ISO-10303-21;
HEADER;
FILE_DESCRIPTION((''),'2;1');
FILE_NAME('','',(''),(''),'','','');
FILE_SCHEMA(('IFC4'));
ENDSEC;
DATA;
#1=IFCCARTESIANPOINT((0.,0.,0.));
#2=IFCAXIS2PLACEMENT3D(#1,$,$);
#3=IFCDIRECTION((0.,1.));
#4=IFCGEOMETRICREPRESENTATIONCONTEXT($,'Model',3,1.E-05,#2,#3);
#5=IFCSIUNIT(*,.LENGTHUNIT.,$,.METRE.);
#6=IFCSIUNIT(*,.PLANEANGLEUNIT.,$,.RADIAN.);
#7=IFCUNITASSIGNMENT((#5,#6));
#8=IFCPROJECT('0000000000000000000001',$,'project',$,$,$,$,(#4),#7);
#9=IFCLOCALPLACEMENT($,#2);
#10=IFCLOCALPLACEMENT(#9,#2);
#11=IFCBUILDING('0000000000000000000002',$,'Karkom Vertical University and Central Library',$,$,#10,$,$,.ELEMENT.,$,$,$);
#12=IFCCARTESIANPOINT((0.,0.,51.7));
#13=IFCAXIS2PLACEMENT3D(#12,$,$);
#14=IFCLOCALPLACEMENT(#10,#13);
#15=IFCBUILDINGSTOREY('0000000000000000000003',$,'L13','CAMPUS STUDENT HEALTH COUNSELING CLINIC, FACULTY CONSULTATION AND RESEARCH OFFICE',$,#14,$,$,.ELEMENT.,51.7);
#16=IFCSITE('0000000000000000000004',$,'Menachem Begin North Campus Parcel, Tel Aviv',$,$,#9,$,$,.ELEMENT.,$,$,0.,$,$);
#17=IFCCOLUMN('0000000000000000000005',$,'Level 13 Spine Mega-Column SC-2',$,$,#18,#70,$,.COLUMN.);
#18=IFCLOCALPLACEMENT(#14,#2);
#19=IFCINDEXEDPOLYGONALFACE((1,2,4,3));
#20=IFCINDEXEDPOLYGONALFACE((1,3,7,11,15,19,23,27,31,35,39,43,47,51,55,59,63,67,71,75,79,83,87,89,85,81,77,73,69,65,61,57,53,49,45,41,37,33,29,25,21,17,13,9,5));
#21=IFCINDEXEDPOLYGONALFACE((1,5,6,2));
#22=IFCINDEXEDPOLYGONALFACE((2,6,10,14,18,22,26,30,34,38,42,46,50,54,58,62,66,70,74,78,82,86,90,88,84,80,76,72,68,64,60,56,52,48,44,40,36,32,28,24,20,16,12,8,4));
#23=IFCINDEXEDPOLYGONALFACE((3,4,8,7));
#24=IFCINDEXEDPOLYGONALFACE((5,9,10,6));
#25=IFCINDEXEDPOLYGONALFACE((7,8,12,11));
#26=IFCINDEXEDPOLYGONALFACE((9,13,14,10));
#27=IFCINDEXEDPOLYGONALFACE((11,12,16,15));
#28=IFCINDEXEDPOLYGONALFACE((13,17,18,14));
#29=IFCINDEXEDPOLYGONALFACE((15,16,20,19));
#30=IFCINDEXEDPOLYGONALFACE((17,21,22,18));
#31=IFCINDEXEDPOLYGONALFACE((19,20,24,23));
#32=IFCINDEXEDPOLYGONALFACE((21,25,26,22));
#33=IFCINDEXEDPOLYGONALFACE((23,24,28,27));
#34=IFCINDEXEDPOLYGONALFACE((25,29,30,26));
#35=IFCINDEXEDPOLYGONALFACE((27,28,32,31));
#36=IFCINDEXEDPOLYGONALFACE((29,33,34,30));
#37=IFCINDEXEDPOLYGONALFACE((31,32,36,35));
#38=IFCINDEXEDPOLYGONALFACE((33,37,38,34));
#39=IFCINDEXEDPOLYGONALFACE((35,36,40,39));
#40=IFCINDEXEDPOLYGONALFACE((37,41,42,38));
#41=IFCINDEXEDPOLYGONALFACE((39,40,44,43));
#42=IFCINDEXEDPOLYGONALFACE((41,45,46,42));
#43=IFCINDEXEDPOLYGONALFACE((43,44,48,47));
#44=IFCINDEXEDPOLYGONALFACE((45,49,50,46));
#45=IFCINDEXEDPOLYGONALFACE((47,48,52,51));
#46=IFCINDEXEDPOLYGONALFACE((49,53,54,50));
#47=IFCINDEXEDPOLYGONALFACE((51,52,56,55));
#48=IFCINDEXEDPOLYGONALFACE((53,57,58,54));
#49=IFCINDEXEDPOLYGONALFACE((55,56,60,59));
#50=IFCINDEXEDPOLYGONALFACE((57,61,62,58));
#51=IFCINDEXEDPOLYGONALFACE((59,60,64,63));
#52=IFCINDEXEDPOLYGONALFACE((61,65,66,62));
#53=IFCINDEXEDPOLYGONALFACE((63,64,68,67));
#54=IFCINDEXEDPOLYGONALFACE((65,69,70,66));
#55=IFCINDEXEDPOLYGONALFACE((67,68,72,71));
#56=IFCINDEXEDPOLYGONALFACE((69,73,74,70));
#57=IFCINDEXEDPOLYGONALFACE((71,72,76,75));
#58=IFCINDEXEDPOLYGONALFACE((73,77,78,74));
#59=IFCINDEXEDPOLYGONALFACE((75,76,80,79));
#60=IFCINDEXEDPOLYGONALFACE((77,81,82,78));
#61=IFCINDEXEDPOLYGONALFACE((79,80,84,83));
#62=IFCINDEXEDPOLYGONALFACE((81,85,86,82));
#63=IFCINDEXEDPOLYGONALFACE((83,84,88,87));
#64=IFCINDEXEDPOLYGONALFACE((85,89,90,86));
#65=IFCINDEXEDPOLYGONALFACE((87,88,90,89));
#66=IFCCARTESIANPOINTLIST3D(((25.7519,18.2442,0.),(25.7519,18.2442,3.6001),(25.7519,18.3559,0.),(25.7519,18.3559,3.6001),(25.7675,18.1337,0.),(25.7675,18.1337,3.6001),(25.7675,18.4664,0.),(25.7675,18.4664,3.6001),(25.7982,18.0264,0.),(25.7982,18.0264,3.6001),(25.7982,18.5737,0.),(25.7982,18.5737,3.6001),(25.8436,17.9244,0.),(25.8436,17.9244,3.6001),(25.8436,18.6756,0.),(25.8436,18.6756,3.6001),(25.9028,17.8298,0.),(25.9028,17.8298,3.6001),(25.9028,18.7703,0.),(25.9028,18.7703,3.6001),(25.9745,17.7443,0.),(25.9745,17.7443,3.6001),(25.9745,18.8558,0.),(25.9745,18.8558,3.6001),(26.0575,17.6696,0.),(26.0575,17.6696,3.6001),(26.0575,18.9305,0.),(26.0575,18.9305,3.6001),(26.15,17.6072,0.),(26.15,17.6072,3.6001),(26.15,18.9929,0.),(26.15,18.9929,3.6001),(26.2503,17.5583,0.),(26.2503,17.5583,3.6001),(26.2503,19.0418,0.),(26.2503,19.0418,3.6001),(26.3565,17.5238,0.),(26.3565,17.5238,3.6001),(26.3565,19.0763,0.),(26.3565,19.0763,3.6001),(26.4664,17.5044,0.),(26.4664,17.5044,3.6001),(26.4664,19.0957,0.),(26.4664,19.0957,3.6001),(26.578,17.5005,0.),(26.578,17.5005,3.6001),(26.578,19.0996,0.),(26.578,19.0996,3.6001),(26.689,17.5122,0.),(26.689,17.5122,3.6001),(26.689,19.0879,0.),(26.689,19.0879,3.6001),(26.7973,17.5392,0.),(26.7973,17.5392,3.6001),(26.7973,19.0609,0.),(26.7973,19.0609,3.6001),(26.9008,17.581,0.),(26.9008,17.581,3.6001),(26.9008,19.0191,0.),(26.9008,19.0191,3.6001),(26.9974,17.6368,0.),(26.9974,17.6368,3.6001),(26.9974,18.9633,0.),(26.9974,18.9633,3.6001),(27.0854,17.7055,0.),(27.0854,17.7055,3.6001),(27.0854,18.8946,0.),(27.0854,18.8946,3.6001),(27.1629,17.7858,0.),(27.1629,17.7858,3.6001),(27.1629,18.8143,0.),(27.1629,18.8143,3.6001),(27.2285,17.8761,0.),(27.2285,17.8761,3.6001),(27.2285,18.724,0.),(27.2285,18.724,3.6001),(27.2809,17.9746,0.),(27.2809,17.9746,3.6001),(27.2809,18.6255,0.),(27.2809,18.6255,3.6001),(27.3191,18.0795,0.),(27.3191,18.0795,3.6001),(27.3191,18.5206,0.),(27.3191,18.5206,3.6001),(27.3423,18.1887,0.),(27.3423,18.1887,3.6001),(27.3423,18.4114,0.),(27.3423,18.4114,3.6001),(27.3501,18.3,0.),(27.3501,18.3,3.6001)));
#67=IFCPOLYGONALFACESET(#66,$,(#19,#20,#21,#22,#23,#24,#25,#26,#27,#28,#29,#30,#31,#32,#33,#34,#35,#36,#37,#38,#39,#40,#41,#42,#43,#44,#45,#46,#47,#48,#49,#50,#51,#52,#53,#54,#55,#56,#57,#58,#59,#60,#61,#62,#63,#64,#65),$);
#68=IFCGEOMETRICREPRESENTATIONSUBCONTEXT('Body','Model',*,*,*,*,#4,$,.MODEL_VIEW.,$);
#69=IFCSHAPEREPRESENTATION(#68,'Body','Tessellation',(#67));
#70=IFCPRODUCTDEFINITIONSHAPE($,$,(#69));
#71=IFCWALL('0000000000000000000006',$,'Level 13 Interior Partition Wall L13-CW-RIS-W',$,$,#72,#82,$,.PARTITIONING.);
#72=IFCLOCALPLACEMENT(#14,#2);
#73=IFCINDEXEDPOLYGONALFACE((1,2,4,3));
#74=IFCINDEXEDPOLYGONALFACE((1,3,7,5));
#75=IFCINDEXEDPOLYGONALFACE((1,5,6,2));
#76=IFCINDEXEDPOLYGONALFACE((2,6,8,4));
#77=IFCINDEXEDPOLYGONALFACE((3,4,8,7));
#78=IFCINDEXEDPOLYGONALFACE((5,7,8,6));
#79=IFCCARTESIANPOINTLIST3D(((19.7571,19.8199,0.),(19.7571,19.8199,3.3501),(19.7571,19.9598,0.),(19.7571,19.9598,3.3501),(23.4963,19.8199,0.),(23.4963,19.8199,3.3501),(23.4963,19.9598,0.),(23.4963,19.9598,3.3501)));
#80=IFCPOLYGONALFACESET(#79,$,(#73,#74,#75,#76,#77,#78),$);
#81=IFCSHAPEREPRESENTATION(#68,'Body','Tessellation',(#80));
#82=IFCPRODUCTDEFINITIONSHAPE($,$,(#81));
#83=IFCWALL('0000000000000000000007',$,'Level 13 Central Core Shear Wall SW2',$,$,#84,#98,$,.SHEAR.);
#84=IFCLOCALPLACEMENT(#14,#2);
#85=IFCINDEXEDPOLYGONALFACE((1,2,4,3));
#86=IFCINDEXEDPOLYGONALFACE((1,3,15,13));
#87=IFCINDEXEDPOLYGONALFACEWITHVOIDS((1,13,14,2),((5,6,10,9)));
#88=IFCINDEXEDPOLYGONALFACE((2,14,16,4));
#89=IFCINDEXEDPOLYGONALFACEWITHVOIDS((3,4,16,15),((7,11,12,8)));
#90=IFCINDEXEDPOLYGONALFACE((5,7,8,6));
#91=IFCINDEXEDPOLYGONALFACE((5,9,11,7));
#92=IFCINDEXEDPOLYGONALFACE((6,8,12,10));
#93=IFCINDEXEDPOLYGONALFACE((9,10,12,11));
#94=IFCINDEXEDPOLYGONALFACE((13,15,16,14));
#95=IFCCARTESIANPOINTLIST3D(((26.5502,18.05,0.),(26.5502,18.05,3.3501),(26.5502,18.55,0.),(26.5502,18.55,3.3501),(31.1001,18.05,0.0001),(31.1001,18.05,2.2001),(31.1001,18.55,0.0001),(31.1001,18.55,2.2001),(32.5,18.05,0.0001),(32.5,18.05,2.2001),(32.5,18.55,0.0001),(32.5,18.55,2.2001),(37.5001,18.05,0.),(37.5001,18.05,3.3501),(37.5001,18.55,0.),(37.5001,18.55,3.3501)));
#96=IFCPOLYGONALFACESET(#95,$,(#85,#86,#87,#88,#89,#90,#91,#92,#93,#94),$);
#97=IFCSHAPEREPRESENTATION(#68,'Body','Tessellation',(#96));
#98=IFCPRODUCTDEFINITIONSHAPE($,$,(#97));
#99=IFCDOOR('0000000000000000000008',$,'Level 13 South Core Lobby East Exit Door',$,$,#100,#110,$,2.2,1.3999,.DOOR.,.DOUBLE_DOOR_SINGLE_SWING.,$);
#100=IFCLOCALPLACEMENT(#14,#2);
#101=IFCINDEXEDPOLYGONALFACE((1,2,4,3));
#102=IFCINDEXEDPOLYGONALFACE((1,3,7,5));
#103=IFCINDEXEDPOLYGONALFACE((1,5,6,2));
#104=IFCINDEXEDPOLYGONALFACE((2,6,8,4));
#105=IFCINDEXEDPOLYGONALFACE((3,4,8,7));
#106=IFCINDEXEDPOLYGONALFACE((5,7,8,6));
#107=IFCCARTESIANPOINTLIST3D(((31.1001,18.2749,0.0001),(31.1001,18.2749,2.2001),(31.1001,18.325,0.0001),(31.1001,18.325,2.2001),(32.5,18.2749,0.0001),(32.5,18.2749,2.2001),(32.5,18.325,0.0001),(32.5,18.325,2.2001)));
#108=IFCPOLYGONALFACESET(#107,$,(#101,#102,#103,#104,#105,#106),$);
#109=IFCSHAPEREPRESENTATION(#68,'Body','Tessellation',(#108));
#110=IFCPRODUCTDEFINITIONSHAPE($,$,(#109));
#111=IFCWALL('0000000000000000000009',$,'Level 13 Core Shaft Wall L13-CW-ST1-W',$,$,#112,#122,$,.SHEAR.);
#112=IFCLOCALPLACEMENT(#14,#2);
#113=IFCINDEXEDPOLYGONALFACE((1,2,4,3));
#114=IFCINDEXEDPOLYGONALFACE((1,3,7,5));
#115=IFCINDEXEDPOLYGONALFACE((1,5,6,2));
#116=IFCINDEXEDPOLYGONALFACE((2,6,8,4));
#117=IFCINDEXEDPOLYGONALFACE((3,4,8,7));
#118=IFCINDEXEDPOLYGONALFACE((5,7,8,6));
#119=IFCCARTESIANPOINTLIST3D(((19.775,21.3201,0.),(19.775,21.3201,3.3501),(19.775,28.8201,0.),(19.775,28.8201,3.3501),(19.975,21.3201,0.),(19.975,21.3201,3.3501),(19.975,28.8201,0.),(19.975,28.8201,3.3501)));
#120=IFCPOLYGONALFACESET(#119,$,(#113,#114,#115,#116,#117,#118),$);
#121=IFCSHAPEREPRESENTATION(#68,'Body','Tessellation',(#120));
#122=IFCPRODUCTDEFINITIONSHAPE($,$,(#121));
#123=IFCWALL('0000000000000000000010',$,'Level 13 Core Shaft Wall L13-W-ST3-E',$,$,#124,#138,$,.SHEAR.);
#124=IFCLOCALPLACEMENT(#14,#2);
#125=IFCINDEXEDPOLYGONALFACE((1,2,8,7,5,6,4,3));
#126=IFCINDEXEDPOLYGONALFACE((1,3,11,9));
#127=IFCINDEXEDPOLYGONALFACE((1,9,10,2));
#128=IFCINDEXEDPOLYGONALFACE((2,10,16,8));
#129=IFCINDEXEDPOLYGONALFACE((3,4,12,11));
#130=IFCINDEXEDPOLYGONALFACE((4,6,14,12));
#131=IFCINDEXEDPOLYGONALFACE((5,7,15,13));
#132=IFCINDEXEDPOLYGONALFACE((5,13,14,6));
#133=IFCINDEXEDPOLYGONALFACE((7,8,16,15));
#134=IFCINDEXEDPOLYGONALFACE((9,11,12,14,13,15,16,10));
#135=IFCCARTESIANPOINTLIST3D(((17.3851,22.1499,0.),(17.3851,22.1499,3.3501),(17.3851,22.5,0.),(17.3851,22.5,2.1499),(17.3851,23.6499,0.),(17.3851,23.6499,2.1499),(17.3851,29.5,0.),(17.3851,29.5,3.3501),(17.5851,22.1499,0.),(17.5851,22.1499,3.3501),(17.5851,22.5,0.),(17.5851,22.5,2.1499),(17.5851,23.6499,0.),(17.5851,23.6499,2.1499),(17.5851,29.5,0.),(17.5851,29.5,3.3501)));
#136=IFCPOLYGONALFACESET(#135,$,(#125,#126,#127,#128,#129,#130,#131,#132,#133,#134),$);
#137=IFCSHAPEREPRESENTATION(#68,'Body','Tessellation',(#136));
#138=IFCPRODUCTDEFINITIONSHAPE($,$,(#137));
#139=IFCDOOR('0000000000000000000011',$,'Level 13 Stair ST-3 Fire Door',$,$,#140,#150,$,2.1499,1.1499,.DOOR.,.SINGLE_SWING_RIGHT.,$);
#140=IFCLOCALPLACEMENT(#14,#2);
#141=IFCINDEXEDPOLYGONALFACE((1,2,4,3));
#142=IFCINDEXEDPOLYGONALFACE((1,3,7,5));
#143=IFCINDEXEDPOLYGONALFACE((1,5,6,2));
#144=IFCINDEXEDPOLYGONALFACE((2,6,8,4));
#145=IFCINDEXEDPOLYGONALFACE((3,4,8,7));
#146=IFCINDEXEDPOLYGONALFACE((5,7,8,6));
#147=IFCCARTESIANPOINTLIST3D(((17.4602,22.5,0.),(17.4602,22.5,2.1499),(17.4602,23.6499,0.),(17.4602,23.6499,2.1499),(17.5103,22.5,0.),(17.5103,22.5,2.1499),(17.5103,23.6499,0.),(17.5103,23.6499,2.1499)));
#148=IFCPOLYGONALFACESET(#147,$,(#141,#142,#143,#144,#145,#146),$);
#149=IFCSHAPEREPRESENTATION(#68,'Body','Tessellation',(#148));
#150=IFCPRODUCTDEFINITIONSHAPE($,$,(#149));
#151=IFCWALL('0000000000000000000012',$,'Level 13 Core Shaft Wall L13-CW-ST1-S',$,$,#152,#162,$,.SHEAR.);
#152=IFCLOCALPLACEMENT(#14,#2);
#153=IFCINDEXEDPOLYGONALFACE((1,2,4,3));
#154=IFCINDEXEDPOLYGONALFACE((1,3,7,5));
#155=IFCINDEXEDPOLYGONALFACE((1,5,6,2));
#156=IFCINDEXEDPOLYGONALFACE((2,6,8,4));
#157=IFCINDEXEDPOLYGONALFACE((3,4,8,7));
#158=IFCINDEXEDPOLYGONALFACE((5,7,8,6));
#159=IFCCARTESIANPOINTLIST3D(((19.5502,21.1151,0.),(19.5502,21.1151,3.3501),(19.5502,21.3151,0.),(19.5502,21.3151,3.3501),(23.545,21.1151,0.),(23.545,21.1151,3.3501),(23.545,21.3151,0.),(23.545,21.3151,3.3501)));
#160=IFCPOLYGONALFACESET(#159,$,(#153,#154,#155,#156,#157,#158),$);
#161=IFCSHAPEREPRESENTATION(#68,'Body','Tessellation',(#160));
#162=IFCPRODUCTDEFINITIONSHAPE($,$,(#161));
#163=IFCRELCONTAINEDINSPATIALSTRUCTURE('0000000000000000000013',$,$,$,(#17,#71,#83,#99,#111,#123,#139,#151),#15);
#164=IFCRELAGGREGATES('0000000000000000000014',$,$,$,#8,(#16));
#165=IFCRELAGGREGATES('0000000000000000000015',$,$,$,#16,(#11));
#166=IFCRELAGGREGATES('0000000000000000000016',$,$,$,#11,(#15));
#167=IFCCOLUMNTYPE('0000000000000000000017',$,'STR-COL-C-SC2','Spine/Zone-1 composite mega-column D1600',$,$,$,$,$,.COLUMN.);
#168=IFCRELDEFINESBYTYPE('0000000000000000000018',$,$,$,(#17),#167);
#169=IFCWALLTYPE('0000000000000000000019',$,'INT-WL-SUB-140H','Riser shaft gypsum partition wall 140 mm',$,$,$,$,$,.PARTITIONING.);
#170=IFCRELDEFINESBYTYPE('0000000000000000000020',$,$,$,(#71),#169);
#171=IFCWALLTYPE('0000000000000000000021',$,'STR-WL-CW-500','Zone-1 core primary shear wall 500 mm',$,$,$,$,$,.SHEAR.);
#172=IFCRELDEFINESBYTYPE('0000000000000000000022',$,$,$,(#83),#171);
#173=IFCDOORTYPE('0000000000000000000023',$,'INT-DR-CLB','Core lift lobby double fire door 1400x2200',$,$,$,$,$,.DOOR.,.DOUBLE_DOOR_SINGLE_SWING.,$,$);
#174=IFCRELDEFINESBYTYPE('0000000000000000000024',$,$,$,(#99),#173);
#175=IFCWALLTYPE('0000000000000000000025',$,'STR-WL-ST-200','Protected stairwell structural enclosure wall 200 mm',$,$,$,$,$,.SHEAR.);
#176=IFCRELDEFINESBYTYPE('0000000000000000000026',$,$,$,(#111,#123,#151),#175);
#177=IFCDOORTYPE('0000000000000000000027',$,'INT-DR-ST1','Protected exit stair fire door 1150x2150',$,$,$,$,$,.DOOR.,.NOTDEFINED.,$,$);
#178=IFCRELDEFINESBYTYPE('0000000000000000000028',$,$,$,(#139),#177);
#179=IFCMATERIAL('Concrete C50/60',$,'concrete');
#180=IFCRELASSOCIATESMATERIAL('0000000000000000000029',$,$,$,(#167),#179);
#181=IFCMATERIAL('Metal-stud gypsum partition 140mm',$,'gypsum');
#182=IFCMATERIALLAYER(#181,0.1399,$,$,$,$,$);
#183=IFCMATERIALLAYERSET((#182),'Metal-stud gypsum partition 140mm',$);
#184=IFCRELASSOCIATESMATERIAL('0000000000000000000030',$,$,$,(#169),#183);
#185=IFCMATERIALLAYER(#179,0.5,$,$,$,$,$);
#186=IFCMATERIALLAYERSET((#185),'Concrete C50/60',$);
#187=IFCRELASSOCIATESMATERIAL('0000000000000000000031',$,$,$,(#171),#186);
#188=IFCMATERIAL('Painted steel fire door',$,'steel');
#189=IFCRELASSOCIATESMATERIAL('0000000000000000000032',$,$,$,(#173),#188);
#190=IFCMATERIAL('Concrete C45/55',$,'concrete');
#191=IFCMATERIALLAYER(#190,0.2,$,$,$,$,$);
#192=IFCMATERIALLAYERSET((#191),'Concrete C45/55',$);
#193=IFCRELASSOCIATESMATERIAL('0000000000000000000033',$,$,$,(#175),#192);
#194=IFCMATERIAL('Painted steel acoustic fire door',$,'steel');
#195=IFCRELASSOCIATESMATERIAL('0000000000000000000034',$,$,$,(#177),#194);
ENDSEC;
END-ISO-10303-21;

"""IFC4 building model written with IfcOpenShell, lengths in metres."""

from ifc_helpers import new_model, si_unit, direction, frame, frame_2d, origin, origin_with_axes, origin_2d, place, context, subcontext, project, spatial, rectangle, circle, extrude, source, transform, mapped, material, layer, layer_set, material_profile, profile_set, type_object, element, fill, save


model = new_model("IFC4")

# Units and contexts
model_context = context("Model", 3, precision=1e-05, world=origin(), true_north=direction((0.0, 1.0)))
body_context = subcontext(model_context, "Body", "Model", "MODEL_VIEW")
ifc_project = project(units=[si_unit("LENGTHUNIT", "METRE"), si_unit("PLANEANGLEUNIT", "RADIAN")], contexts=[model_context])

# Site, building, storey
site_placement = place(None, origin())
site = spatial("IfcSite", under=ifc_project, at=site_placement, Name="Menachem Begin North Campus Parcel, Tel Aviv", CompositionType="ELEMENT", RefElevation=0.0)
building_placement = place(site_placement, origin())
building = spatial("IfcBuilding", under=site, at=building_placement, Name="Karkom Vertical University and Central Library", CompositionType="ELEMENT")
storey_placement = place(building_placement, frame((0.0, 0.0, 51.7)))
storey = spatial("IfcBuildingStorey", under=building, at=storey_placement, Name="L13", Description="CAMPUS STUDENT HEALTH COUNSELING CLINIC, FACULTY CONSULTATION AND RESEARCH OFFICE", CompositionType="ELEMENT", Elevation=51.7)

# Column
ifc_material_1 = material(Name="Concrete C50/60", Category="concrete")
ifc_material_profile = material_profile(ifc_material_1, circle(Radius=0.8, at=origin_2d()), Name="CFT-D1600")
ifc_profile_set = profile_set([ifc_material_profile], Name="Concrete C50/60")
column_type = type_object("IfcColumnType", Name="STR-COL-C-SC2", Description="Spine/Zone-1 composite mega-column D1600", PredefinedType="COLUMN", material=ifc_profile_set)
shared_shape_1 = source(origin_with_axes(), body_context, "Body", "SweptSolid", [
    extrude(circle(Radius=0.8, at=origin_2d()), origin(), (0.0, 0.0, 1.0), 3.6001),
])
column_placement = place(storey_placement, frame((26.55, 18.3, 0.0), z_axis=(0.0, 0.0, 1.0), x_axis=(1.0, 0.0, 0.0)))
element("IfcColumn", 1, at=column_placement, inside=storey, type_object=column_type, Name="Level 13 Spine Mega-Column SC-2", PredefinedType="COLUMN", context=body_context, shape_type="MappedRepresentation", body=[
    mapped(shared_shape_1, transform((0.0, 0.0, 0.0), scale=1.0)),
])

# Wall
ifc_material_2 = material(Name="Metal-stud gypsum partition 140mm", Category="gypsum")
ifc_layer_1 = layer(ifc_material_2, 0.1399)
ifc_layer_set_1 = layer_set([ifc_layer_1], Name="Metal-stud gypsum partition 140mm")
wall_type_1 = type_object("IfcWallType", Name="INT-WL-SUB-140H", Description="Riser shaft gypsum partition wall 140 mm", PredefinedType="PARTITIONING", material=ifc_layer_set_1)
wall_1_placement = place(storey_placement, frame((19.7571, 19.8899, 0.0), z_axis=(0.0, 0.0, 1.0), x_axis=(1.0, 0.0, 0.0)))
element("IfcWall", 2, at=wall_1_placement, inside=storey, type_object=wall_type_1, Name="Level 13 Interior Partition Wall L13-CW-RIS-W", PredefinedType="PARTITIONING", context=body_context, shape_type="SweptSolid", body=[
    extrude(rectangle(XDim=3.7393, YDim=0.1399, at=frame_2d((1.8696, 0.0))), origin(), (0.0, 0.0, 1.0), 3.3501),
])

# Wall, opening, door
ifc_layer_2 = layer(ifc_material_1, 0.5)
ifc_layer_set_2 = layer_set([ifc_layer_2], Name="Concrete C50/60")
wall_type_2 = type_object("IfcWallType", Name="STR-WL-CW-500", Description="Zone-1 core primary shear wall 500 mm", PredefinedType="SHEAR", material=ifc_layer_set_2)
wall_2_placement = place(storey_placement, frame((26.55, 18.3, 0.0), z_axis=(0.0, 0.0, 1.0), x_axis=(1.0, 0.0, 0.0)))
wall_2 = element("IfcWall", 3, at=wall_2_placement, inside=storey, type_object=wall_type_2, Name="Level 13 Central Core Shear Wall SW2", PredefinedType="SHEAR", context=body_context, shape_type="SweptSolid", body=[
    extrude(rectangle(XDim=10.95, YDim=0.5, at=frame_2d((5.4751, 0.0))), origin(), (0.0, 0.0, 1.0), 3.3501),
])
opening_1_placement = place(wall_2_placement, frame((4.55, 0.0, 0.0)))
opening_1 = element("IfcOpeningElement", 4, at=opening_1_placement, cuts=wall_2, PredefinedType="OPENING", context=body_context, shape_type="SweptSolid", body=[
    extrude(rectangle(XDim=1.3999, YDim=2.2, at=frame_2d((0.7, 1.1001))), frame((0.0, 0.26, 0.0), z_axis=(0.0, -1.0, 0.0), x_axis=(1.0, 0.0, 0.0)), (0.0, 0.0, 1.0), 0.52),
])
ifc_material_3 = material(Name="Painted steel fire door", Category="steel")
door_type_1 = type_object("IfcDoorType", Name="INT-DR-CLB", Description="Core lift lobby double fire door 1400x2200", OperationType="DOUBLE_DOOR_SINGLE_SWING", PredefinedType="DOOR", material=ifc_material_3)
shared_shape_2 = source(origin_with_axes(), body_context, "Body", "SweptSolid", [
    extrude(rectangle(XDim=1.3999, YDim=2.2, at=frame_2d((0.7, 1.1001))), frame((0.0, 0.0249, 0.0), z_axis=(0.0, -1.0, 0.0), x_axis=(1.0, 0.0, 0.0)), (0.0, 0.0, 1.0), 0.05),
])
door_1_placement = place(opening_1_placement, origin())
door_1 = element("IfcDoor", 5, at=door_1_placement, inside=storey, type_object=door_type_1, Name="Level 13 South Core Lobby East Exit Door", OperationType="DOUBLE_DOOR_SINGLE_SWING", OverallHeight=2.2, OverallWidth=1.3999, PredefinedType="DOOR", context=body_context, shape_type="MappedRepresentation", body=[
    mapped(shared_shape_2, transform((0.0, 0.0, 0.0), scale=1.0)),
])
fill(opening_1, door_1)

# Shared definitions
ifc_material_4 = material(Name="Concrete C45/55", Category="concrete")
ifc_layer_3 = layer(ifc_material_4, 0.2)
ifc_layer_set_3 = layer_set([ifc_layer_3], Name="Concrete C45/55")
wall_type_3 = type_object("IfcWallType", Name="STR-WL-ST-200", Description="Protected stairwell structural enclosure wall 200 mm", PredefinedType="SHEAR", material=ifc_layer_set_3)
ifc_material_5 = material(Name="Painted steel acoustic fire door", Category="steel")
door_type_2 = type_object("IfcDoorType", Name="INT-DR-ST1", Description="Protected exit stair fire door 1150x2150", OperationType="NOTDEFINED", PredefinedType="DOOR", material=ifc_material_5)
shared_shape_3 = source(origin_with_axes(), body_context, "Body", "SweptSolid", [
    extrude(rectangle(XDim=1.1499, YDim=2.1499, at=frame_2d((0.575, 1.075))), frame((0.0, 0.0249, 0.0), z_axis=(0.0, -1.0, 0.0), x_axis=(1.0, 0.0, 0.0)), (0.0, 0.0, 1.0), 0.05),
])

# Wall
wall_3_placement = place(storey_placement, frame((19.875, 21.3201, 0.0), z_axis=(0.0, 0.0, 1.0), x_axis=(0.0, 1.0, 0.0)))
element("IfcWall", 6, at=wall_3_placement, inside=storey, type_object=wall_type_3, Name="Level 13 Core Shaft Wall L13-CW-ST1-W", PredefinedType="SHEAR", context=body_context, shape_type="SweptSolid", body=[
    extrude(rectangle(XDim=7.5, YDim=0.2, at=frame_2d((3.75, 0.0))), origin(), (0.0, 0.0, 1.0), 3.3501),
])

# Wall, opening, door
wall_4_placement = place(storey_placement, frame((17.4851, 22.1499, 0.0), z_axis=(0.0, 0.0, 1.0), x_axis=(0.0, 1.0, 0.0)))
wall_4 = element("IfcWall", 7, at=wall_4_placement, inside=storey, type_object=wall_type_3, Name="Level 13 Core Shaft Wall L13-W-ST3-E", PredefinedType="SHEAR", context=body_context, shape_type="SweptSolid", body=[
    extrude(rectangle(XDim=7.3501, YDim=0.2, at=frame_2d((3.675, 0.0))), origin(), (0.0, 0.0, 1.0), 3.3501),
])
opening_2_placement = place(wall_4_placement, frame((0.3501, 0.0, 0.0)))
opening_2 = element("IfcOpeningElement", 8, at=opening_2_placement, cuts=wall_4, PredefinedType="OPENING", context=body_context, shape_type="SweptSolid", body=[
    extrude(rectangle(XDim=1.1499, YDim=2.1499, at=frame_2d((0.575, 1.075))), frame((0.0, 0.1099, 0.0), z_axis=(0.0, -1.0, 0.0), x_axis=(1.0, 0.0, 0.0)), (0.0, 0.0, 1.0), 0.22),
])
door_2_placement = place(opening_2_placement, origin())
door_2 = element("IfcDoor", 9, at=door_2_placement, inside=storey, type_object=door_type_2, Name="Level 13 Stair ST-3 Fire Door", OperationType="SINGLE_SWING_RIGHT", OverallHeight=2.1499, OverallWidth=1.1499, PredefinedType="DOOR", context=body_context, shape_type="MappedRepresentation", body=[
    mapped(shared_shape_3, transform((0.0, 0.0, 0.0), scale=1.0)),
])
fill(opening_2, door_2)

# Wall
wall_5_placement = place(storey_placement, frame((19.55, 21.2151, 0.0), z_axis=(0.0, 0.0, 1.0), x_axis=(1.0, 0.0, 0.0)))
element("IfcWall", 10, at=wall_5_placement, inside=storey, type_object=wall_type_3, Name="Level 13 Core Shaft Wall L13-CW-ST1-S", PredefinedType="SHEAR", context=body_context, shape_type="SweptSolid", body=[
    extrude(rectangle(XDim=3.9949, YDim=0.2, at=frame_2d((1.9976, 0.0))), origin(), (0.0, 0.0, 1.0), 3.3501),
])

save(model, "model.ifc")
